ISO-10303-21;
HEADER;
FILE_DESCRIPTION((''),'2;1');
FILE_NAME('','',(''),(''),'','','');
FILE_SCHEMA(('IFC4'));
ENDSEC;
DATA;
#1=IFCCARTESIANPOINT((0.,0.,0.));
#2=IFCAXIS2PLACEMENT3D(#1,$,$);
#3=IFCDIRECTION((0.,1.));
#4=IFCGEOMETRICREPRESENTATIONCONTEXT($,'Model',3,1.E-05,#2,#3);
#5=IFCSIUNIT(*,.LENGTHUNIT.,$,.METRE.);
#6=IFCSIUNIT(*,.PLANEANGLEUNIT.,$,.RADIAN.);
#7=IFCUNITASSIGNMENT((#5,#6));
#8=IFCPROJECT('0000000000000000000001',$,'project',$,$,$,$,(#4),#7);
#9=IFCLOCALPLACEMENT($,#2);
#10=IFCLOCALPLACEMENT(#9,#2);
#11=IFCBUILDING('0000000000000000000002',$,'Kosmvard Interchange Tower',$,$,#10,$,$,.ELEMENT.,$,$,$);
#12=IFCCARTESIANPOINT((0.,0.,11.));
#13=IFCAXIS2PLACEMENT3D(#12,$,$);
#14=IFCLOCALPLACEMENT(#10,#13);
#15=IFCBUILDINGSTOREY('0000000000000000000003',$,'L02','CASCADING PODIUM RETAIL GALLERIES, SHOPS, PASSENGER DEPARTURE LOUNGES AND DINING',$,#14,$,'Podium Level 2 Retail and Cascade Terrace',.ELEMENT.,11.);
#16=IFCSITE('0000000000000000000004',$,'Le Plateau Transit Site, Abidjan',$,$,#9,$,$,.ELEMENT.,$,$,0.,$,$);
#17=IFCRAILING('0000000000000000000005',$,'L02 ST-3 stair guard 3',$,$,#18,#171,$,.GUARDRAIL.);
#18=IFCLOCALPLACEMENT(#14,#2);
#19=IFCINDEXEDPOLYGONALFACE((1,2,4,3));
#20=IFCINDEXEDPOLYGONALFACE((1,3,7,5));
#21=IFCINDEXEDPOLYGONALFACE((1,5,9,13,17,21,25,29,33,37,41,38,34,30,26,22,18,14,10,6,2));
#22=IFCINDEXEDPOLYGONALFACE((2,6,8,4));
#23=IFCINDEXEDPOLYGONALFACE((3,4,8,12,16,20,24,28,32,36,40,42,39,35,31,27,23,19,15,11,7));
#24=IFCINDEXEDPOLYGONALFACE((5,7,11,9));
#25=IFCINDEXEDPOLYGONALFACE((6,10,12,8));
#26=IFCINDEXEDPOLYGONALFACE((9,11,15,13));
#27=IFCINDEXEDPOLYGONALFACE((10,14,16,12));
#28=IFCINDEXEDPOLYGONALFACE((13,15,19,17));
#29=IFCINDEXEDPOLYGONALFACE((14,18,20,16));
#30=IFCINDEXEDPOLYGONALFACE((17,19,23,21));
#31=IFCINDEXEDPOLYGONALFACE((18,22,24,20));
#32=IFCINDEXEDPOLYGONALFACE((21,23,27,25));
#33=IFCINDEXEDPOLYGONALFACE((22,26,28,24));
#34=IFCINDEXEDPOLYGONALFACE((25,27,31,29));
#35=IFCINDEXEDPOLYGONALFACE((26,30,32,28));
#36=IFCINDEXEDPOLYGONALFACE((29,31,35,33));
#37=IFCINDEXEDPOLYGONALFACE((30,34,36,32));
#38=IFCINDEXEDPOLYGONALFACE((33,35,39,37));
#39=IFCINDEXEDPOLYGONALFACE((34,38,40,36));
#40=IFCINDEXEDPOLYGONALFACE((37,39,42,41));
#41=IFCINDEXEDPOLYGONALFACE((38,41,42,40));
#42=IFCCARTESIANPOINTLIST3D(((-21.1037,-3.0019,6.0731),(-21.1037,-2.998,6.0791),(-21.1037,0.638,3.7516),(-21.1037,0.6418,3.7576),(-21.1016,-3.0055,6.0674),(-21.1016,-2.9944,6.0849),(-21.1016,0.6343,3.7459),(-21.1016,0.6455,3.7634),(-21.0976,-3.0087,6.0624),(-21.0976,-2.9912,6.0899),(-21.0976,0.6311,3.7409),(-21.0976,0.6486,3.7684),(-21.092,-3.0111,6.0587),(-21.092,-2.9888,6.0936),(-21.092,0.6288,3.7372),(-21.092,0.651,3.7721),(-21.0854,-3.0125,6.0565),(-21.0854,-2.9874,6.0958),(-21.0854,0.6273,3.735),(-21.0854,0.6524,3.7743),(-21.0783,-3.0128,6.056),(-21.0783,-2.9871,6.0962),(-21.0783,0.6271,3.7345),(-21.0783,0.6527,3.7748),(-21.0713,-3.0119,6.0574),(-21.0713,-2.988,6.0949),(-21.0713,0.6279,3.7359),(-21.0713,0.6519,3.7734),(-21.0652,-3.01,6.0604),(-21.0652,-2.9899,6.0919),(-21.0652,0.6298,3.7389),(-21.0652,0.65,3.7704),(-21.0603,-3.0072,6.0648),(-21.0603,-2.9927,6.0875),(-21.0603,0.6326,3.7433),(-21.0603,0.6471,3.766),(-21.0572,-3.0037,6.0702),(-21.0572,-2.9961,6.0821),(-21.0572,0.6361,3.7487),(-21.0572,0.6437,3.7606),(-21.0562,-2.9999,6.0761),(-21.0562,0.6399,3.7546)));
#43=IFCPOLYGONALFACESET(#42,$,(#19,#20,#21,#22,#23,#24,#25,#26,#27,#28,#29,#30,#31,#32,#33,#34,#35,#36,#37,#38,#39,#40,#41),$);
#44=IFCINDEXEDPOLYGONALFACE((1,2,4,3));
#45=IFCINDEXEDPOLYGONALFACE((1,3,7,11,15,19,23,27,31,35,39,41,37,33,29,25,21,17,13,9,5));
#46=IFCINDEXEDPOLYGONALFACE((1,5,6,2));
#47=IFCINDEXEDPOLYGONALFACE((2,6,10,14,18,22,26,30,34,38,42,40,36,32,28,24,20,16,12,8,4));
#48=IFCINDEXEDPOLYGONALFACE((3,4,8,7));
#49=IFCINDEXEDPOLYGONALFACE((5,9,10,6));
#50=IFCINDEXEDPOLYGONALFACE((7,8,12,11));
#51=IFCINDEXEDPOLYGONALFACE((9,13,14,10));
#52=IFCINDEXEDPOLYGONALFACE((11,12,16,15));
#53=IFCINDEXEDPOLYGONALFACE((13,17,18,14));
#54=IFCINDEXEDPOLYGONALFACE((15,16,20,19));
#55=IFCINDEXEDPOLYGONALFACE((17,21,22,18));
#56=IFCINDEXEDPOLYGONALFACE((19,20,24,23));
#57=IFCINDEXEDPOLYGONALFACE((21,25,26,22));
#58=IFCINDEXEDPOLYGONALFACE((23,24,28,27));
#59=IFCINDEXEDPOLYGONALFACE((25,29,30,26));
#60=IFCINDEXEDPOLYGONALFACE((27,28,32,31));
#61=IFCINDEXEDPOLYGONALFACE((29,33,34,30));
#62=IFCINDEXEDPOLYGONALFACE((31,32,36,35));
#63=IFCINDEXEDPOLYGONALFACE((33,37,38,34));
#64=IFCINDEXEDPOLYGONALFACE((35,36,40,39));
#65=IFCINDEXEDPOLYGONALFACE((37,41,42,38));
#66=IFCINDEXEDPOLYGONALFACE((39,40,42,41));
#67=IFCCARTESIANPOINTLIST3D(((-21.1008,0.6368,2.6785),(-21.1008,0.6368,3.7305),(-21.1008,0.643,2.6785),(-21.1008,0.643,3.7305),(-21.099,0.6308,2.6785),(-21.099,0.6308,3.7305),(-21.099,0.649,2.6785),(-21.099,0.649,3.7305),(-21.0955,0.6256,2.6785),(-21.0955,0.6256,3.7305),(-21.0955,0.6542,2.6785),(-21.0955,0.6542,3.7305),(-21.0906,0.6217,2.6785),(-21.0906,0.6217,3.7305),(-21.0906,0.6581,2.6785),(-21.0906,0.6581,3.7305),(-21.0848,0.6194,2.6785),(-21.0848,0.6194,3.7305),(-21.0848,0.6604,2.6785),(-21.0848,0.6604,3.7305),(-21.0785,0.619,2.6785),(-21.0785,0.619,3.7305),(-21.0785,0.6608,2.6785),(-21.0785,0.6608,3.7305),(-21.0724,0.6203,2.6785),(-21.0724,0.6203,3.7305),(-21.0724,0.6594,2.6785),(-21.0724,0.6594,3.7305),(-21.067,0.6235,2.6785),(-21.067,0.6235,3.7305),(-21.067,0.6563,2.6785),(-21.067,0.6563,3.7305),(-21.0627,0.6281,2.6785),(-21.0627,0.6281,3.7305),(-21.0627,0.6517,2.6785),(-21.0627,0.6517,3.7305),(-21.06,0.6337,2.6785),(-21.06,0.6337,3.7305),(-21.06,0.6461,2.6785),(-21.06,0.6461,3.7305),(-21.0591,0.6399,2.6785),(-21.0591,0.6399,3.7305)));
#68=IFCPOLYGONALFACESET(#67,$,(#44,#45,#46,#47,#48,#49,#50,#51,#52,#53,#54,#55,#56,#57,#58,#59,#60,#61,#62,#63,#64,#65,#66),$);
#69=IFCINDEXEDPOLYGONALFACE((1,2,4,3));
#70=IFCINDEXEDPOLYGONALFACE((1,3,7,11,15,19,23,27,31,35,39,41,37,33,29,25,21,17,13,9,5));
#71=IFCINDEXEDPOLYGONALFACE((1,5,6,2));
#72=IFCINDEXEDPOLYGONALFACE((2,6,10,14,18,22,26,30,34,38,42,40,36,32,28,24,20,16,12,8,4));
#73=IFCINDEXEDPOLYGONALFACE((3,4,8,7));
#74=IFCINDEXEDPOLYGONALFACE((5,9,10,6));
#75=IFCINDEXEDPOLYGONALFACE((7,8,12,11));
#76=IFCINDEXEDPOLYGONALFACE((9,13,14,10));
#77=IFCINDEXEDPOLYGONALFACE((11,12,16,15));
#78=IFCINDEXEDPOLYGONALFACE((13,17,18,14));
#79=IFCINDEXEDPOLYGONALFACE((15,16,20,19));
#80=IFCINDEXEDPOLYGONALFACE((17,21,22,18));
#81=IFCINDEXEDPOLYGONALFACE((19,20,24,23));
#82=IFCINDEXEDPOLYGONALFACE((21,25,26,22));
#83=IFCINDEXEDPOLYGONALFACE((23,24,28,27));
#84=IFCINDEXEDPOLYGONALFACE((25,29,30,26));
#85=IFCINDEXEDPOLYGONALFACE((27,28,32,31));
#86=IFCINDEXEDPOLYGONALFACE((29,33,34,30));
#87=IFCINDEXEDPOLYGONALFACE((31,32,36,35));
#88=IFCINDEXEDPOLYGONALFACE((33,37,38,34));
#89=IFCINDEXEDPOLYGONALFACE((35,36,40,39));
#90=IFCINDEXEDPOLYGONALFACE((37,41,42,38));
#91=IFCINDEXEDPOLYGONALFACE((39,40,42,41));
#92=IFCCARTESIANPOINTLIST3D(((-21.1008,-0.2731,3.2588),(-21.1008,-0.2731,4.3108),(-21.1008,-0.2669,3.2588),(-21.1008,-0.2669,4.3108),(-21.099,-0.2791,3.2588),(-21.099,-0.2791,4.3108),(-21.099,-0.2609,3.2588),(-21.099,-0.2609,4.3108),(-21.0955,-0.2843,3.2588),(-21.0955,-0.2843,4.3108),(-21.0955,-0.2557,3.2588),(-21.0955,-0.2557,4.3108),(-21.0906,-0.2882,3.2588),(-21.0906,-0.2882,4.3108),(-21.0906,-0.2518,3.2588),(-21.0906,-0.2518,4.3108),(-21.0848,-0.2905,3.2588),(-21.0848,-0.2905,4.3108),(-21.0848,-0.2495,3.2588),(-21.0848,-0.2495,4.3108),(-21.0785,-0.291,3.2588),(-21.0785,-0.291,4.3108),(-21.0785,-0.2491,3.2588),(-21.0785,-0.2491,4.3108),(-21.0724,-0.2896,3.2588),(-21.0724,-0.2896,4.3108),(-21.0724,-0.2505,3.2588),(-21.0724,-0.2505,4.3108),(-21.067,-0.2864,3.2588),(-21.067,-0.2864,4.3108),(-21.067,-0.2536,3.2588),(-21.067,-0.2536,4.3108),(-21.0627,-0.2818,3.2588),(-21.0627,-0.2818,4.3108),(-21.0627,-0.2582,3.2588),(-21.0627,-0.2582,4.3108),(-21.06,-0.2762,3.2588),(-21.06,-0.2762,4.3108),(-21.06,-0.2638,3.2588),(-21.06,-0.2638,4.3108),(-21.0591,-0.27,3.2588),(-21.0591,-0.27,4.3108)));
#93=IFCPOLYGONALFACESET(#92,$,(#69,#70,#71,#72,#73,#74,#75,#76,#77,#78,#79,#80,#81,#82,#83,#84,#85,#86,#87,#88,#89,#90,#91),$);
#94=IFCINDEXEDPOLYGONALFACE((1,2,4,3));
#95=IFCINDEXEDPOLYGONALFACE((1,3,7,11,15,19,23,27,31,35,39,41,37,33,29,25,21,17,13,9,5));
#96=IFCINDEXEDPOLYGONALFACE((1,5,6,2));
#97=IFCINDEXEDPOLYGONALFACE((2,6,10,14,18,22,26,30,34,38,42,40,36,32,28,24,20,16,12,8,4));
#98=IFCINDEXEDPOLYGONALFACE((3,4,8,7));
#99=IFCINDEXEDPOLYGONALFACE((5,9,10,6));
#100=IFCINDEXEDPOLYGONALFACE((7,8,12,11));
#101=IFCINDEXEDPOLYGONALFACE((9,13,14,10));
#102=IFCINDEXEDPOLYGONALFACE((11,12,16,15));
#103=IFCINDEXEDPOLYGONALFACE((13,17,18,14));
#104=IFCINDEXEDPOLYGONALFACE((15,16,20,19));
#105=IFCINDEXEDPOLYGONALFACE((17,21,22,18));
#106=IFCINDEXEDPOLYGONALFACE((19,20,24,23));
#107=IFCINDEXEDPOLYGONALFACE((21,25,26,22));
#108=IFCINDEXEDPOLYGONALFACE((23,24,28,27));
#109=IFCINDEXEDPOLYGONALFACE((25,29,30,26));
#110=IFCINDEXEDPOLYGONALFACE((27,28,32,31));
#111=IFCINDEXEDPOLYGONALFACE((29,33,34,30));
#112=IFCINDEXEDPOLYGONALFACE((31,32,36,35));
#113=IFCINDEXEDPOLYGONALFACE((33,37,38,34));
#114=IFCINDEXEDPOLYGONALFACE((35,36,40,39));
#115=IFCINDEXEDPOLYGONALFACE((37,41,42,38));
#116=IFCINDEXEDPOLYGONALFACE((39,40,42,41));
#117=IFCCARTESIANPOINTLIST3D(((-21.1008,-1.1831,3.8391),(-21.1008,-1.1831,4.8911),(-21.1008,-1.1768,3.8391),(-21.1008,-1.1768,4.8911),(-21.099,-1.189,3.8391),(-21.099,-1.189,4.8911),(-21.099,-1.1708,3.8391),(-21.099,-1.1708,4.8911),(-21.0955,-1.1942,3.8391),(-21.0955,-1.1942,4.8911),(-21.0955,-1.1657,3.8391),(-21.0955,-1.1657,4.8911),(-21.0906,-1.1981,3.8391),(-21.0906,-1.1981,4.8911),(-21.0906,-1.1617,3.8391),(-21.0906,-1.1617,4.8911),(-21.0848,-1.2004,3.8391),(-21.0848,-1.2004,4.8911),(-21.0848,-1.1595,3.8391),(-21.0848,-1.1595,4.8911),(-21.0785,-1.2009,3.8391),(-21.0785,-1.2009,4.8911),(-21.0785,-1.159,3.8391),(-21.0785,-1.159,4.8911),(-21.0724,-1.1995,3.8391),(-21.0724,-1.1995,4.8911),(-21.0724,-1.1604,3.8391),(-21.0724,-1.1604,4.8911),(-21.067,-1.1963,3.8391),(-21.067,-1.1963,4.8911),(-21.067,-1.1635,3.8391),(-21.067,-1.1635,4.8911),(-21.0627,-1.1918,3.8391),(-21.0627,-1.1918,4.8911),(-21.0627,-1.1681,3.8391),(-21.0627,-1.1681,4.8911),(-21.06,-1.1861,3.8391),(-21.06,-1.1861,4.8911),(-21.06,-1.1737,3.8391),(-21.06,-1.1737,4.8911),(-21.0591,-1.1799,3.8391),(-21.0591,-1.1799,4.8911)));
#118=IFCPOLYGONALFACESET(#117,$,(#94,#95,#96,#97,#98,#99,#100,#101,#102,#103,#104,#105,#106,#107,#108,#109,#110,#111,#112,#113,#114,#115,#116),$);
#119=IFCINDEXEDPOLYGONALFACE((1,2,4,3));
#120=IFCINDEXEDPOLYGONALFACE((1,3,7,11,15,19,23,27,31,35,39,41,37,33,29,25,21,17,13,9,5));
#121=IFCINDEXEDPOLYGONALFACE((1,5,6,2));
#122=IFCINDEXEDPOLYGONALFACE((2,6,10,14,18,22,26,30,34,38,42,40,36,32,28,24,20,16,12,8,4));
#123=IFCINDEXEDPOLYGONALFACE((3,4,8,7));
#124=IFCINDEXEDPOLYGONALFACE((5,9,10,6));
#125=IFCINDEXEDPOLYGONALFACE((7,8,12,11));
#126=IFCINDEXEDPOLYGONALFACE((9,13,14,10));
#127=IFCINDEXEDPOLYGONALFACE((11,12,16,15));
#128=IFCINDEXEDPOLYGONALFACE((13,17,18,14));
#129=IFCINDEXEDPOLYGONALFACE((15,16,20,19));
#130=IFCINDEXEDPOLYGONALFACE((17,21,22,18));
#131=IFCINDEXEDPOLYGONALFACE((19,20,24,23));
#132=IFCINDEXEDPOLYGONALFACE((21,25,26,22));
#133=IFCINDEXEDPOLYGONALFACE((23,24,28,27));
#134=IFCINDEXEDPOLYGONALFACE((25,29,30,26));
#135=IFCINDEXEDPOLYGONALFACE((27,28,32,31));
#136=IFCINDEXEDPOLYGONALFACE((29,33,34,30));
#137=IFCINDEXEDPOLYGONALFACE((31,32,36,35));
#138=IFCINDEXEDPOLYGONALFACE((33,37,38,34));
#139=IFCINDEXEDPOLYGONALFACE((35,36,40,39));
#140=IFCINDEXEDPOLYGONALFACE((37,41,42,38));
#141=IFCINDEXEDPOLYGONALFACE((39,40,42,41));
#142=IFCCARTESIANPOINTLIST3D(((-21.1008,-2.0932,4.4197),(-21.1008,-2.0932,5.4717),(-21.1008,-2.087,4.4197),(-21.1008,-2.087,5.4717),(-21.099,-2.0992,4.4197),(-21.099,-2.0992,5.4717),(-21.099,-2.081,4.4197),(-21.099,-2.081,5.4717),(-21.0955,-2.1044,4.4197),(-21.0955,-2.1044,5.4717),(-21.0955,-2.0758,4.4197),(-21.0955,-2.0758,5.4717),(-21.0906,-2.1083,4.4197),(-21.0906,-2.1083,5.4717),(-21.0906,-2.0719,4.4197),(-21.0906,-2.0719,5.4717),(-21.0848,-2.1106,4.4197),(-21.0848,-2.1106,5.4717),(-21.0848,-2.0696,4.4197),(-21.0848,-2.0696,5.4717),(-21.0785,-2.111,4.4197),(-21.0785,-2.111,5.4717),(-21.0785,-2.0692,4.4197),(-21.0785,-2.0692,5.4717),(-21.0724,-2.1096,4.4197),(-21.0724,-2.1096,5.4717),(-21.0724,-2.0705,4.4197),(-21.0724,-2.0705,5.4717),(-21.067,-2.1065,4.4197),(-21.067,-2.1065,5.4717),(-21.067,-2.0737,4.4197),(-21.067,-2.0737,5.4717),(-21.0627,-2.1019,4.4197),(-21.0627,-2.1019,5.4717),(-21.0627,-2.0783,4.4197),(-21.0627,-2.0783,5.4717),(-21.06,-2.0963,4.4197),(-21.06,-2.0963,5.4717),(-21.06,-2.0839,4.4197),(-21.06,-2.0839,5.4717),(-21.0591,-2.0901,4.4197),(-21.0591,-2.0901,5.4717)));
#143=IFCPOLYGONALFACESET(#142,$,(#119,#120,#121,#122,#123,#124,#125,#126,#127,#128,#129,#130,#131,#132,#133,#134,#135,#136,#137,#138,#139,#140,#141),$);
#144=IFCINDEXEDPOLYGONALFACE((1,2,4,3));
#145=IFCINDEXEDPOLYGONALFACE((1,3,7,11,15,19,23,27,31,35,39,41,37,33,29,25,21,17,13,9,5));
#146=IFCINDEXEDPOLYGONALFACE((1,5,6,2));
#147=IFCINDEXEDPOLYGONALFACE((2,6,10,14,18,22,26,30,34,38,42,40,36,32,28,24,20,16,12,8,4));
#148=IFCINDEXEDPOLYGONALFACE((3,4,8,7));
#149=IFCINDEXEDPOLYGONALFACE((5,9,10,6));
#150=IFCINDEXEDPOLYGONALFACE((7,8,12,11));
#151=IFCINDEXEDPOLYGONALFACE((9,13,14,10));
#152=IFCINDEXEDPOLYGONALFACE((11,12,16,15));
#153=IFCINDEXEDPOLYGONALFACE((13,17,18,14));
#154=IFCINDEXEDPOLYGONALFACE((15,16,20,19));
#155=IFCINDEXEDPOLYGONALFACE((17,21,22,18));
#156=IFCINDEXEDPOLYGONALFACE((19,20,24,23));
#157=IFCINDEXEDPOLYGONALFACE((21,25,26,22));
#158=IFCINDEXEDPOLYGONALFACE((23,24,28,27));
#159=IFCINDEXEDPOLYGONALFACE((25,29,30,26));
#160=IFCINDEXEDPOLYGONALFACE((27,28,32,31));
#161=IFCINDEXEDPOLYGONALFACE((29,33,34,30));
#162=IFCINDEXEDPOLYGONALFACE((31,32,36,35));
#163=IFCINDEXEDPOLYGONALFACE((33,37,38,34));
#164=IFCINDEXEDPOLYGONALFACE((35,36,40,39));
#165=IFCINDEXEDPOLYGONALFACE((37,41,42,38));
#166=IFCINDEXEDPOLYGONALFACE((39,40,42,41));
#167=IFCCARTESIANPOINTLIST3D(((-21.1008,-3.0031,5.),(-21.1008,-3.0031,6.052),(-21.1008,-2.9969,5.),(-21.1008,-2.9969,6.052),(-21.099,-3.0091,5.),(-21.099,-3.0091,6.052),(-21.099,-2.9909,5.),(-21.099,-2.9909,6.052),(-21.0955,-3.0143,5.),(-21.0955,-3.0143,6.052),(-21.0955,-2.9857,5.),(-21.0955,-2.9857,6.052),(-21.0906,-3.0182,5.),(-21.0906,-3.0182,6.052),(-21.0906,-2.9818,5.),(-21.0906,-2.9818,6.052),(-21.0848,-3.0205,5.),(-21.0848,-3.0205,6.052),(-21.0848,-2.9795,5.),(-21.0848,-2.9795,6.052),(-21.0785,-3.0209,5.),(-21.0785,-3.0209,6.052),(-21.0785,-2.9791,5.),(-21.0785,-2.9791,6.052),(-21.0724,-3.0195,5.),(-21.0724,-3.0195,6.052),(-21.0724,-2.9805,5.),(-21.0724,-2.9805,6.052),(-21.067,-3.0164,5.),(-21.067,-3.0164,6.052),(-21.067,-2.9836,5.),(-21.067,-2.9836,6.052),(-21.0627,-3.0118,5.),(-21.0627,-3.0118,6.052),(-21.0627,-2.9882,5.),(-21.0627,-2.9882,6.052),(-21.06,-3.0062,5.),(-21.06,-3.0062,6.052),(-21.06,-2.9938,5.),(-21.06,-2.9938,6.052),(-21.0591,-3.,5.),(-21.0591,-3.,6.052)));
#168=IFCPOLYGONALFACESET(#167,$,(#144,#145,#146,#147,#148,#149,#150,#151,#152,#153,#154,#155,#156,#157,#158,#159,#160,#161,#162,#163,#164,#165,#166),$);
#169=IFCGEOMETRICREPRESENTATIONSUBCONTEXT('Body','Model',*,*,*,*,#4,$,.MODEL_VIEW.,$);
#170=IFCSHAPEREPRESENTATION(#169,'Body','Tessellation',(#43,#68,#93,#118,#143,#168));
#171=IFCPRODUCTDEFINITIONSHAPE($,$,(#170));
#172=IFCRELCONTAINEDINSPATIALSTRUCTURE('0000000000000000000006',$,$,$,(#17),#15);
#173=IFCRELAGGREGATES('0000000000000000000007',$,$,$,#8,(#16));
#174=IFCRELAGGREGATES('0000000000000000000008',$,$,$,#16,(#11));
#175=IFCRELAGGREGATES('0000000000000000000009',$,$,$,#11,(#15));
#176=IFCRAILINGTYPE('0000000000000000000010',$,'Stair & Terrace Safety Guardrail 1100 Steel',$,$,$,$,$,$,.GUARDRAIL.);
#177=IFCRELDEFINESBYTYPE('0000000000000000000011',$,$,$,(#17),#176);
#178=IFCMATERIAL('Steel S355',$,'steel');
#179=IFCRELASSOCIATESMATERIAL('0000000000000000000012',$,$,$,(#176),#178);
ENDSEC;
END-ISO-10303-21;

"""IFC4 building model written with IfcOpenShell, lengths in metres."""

from ifc_helpers import new_model, si_unit, direction, frame, origin, origin_2d, place, context, subcontext, project, spatial, circle, extrude, source, transform, mapped, material, type_object, element, save


model = new_model("IFC4")

# Units and contexts
model_context = context("Model", 3, precision=1e-05, world=origin(), true_north=direction((0.0, 1.0)))
body_context = subcontext(model_context, "Body", "Model", "MODEL_VIEW")
ifc_project = project(units=[si_unit("LENGTHUNIT", "METRE"), si_unit("PLANEANGLEUNIT", "RADIAN")], contexts=[model_context])

# Site, building, storey
site_placement = place(None, origin())
site = spatial("IfcSite", under=ifc_project, at=site_placement, Name="Le Plateau Transit Site, Abidjan", CompositionType="ELEMENT", RefElevation=0.0)
building_placement = place(site_placement, origin())
building = spatial("IfcBuilding", under=site, at=building_placement, Name="Kosmvard Interchange Tower", CompositionType="ELEMENT")
storey_placement = place(building_placement, frame((0.0, 0.0, 11.0)))
storey = spatial("IfcBuildingStorey", under=building, at=storey_placement, Name="L02", Description="CASCADING PODIUM RETAIL GALLERIES, SHOPS, PASSENGER DEPARTURE LOUNGES AND DINING", LongName="Podium Level 2 Retail and Cascade Terrace", CompositionType="ELEMENT", Elevation=11.0)

# Shared definitions
ifc_material_1 = material(Name="Steel S355", Category="steel")

# Railing
railing_type_1 = type_object("IfcRailingType", Name="Stair & Terrace Safety Guardrail 1100 Steel", PredefinedType="GUARDRAIL", material=ifc_material_1)
shared_shape_1 = source(origin(), body_context, "Body", "SweptSolid", [
    extrude(circle(Radius=0.0239, at=origin_2d()), frame((0.0, 0.0, 1.0762), z_axis=(0.0, -0.843112, 0.537739), x_axis=(1.0, 0.0, 0.0)), (0.0, 0.0, 1.0), 4.3171),
    extrude(circle(Radius=0.021, at=origin_2d()), origin(), (0.0, 0.0, 1.0), 1.052),
    extrude(circle(Radius=0.021, at=origin_2d()), frame((0.0, -0.9099, 0.5803)), (0.0, 0.0, 1.0), 1.052),
    extrude(circle(Radius=0.021, at=origin_2d()), frame((0.0, -1.8198, 1.1606)), (0.0, 0.0, 1.0), 1.052),
    extrude(circle(Radius=0.021, at=origin_2d()), frame((0.0, -2.73, 1.7412)), (0.0, 0.0, 1.0), 1.052),
    extrude(circle(Radius=0.021, at=origin_2d()), frame((0.0, -3.6399, 2.3215)), (0.0, 0.0, 1.0), 1.052),
])
railing_1_placement = place(storey_placement, frame((-21.0801, 0.6399, 2.6785)))
element("IfcRailing", 1, at=railing_1_placement, inside=storey, type_object=railing_type_1, Name="L02 ST-3 stair guard 3", PredefinedType="GUARDRAIL", context=body_context, shape_type="MappedRepresentation", body=[
    mapped(shared_shape_1, transform((0.0, 0.0, 0.0), scale=1.0)),
])

save(model, "model.ifc")
